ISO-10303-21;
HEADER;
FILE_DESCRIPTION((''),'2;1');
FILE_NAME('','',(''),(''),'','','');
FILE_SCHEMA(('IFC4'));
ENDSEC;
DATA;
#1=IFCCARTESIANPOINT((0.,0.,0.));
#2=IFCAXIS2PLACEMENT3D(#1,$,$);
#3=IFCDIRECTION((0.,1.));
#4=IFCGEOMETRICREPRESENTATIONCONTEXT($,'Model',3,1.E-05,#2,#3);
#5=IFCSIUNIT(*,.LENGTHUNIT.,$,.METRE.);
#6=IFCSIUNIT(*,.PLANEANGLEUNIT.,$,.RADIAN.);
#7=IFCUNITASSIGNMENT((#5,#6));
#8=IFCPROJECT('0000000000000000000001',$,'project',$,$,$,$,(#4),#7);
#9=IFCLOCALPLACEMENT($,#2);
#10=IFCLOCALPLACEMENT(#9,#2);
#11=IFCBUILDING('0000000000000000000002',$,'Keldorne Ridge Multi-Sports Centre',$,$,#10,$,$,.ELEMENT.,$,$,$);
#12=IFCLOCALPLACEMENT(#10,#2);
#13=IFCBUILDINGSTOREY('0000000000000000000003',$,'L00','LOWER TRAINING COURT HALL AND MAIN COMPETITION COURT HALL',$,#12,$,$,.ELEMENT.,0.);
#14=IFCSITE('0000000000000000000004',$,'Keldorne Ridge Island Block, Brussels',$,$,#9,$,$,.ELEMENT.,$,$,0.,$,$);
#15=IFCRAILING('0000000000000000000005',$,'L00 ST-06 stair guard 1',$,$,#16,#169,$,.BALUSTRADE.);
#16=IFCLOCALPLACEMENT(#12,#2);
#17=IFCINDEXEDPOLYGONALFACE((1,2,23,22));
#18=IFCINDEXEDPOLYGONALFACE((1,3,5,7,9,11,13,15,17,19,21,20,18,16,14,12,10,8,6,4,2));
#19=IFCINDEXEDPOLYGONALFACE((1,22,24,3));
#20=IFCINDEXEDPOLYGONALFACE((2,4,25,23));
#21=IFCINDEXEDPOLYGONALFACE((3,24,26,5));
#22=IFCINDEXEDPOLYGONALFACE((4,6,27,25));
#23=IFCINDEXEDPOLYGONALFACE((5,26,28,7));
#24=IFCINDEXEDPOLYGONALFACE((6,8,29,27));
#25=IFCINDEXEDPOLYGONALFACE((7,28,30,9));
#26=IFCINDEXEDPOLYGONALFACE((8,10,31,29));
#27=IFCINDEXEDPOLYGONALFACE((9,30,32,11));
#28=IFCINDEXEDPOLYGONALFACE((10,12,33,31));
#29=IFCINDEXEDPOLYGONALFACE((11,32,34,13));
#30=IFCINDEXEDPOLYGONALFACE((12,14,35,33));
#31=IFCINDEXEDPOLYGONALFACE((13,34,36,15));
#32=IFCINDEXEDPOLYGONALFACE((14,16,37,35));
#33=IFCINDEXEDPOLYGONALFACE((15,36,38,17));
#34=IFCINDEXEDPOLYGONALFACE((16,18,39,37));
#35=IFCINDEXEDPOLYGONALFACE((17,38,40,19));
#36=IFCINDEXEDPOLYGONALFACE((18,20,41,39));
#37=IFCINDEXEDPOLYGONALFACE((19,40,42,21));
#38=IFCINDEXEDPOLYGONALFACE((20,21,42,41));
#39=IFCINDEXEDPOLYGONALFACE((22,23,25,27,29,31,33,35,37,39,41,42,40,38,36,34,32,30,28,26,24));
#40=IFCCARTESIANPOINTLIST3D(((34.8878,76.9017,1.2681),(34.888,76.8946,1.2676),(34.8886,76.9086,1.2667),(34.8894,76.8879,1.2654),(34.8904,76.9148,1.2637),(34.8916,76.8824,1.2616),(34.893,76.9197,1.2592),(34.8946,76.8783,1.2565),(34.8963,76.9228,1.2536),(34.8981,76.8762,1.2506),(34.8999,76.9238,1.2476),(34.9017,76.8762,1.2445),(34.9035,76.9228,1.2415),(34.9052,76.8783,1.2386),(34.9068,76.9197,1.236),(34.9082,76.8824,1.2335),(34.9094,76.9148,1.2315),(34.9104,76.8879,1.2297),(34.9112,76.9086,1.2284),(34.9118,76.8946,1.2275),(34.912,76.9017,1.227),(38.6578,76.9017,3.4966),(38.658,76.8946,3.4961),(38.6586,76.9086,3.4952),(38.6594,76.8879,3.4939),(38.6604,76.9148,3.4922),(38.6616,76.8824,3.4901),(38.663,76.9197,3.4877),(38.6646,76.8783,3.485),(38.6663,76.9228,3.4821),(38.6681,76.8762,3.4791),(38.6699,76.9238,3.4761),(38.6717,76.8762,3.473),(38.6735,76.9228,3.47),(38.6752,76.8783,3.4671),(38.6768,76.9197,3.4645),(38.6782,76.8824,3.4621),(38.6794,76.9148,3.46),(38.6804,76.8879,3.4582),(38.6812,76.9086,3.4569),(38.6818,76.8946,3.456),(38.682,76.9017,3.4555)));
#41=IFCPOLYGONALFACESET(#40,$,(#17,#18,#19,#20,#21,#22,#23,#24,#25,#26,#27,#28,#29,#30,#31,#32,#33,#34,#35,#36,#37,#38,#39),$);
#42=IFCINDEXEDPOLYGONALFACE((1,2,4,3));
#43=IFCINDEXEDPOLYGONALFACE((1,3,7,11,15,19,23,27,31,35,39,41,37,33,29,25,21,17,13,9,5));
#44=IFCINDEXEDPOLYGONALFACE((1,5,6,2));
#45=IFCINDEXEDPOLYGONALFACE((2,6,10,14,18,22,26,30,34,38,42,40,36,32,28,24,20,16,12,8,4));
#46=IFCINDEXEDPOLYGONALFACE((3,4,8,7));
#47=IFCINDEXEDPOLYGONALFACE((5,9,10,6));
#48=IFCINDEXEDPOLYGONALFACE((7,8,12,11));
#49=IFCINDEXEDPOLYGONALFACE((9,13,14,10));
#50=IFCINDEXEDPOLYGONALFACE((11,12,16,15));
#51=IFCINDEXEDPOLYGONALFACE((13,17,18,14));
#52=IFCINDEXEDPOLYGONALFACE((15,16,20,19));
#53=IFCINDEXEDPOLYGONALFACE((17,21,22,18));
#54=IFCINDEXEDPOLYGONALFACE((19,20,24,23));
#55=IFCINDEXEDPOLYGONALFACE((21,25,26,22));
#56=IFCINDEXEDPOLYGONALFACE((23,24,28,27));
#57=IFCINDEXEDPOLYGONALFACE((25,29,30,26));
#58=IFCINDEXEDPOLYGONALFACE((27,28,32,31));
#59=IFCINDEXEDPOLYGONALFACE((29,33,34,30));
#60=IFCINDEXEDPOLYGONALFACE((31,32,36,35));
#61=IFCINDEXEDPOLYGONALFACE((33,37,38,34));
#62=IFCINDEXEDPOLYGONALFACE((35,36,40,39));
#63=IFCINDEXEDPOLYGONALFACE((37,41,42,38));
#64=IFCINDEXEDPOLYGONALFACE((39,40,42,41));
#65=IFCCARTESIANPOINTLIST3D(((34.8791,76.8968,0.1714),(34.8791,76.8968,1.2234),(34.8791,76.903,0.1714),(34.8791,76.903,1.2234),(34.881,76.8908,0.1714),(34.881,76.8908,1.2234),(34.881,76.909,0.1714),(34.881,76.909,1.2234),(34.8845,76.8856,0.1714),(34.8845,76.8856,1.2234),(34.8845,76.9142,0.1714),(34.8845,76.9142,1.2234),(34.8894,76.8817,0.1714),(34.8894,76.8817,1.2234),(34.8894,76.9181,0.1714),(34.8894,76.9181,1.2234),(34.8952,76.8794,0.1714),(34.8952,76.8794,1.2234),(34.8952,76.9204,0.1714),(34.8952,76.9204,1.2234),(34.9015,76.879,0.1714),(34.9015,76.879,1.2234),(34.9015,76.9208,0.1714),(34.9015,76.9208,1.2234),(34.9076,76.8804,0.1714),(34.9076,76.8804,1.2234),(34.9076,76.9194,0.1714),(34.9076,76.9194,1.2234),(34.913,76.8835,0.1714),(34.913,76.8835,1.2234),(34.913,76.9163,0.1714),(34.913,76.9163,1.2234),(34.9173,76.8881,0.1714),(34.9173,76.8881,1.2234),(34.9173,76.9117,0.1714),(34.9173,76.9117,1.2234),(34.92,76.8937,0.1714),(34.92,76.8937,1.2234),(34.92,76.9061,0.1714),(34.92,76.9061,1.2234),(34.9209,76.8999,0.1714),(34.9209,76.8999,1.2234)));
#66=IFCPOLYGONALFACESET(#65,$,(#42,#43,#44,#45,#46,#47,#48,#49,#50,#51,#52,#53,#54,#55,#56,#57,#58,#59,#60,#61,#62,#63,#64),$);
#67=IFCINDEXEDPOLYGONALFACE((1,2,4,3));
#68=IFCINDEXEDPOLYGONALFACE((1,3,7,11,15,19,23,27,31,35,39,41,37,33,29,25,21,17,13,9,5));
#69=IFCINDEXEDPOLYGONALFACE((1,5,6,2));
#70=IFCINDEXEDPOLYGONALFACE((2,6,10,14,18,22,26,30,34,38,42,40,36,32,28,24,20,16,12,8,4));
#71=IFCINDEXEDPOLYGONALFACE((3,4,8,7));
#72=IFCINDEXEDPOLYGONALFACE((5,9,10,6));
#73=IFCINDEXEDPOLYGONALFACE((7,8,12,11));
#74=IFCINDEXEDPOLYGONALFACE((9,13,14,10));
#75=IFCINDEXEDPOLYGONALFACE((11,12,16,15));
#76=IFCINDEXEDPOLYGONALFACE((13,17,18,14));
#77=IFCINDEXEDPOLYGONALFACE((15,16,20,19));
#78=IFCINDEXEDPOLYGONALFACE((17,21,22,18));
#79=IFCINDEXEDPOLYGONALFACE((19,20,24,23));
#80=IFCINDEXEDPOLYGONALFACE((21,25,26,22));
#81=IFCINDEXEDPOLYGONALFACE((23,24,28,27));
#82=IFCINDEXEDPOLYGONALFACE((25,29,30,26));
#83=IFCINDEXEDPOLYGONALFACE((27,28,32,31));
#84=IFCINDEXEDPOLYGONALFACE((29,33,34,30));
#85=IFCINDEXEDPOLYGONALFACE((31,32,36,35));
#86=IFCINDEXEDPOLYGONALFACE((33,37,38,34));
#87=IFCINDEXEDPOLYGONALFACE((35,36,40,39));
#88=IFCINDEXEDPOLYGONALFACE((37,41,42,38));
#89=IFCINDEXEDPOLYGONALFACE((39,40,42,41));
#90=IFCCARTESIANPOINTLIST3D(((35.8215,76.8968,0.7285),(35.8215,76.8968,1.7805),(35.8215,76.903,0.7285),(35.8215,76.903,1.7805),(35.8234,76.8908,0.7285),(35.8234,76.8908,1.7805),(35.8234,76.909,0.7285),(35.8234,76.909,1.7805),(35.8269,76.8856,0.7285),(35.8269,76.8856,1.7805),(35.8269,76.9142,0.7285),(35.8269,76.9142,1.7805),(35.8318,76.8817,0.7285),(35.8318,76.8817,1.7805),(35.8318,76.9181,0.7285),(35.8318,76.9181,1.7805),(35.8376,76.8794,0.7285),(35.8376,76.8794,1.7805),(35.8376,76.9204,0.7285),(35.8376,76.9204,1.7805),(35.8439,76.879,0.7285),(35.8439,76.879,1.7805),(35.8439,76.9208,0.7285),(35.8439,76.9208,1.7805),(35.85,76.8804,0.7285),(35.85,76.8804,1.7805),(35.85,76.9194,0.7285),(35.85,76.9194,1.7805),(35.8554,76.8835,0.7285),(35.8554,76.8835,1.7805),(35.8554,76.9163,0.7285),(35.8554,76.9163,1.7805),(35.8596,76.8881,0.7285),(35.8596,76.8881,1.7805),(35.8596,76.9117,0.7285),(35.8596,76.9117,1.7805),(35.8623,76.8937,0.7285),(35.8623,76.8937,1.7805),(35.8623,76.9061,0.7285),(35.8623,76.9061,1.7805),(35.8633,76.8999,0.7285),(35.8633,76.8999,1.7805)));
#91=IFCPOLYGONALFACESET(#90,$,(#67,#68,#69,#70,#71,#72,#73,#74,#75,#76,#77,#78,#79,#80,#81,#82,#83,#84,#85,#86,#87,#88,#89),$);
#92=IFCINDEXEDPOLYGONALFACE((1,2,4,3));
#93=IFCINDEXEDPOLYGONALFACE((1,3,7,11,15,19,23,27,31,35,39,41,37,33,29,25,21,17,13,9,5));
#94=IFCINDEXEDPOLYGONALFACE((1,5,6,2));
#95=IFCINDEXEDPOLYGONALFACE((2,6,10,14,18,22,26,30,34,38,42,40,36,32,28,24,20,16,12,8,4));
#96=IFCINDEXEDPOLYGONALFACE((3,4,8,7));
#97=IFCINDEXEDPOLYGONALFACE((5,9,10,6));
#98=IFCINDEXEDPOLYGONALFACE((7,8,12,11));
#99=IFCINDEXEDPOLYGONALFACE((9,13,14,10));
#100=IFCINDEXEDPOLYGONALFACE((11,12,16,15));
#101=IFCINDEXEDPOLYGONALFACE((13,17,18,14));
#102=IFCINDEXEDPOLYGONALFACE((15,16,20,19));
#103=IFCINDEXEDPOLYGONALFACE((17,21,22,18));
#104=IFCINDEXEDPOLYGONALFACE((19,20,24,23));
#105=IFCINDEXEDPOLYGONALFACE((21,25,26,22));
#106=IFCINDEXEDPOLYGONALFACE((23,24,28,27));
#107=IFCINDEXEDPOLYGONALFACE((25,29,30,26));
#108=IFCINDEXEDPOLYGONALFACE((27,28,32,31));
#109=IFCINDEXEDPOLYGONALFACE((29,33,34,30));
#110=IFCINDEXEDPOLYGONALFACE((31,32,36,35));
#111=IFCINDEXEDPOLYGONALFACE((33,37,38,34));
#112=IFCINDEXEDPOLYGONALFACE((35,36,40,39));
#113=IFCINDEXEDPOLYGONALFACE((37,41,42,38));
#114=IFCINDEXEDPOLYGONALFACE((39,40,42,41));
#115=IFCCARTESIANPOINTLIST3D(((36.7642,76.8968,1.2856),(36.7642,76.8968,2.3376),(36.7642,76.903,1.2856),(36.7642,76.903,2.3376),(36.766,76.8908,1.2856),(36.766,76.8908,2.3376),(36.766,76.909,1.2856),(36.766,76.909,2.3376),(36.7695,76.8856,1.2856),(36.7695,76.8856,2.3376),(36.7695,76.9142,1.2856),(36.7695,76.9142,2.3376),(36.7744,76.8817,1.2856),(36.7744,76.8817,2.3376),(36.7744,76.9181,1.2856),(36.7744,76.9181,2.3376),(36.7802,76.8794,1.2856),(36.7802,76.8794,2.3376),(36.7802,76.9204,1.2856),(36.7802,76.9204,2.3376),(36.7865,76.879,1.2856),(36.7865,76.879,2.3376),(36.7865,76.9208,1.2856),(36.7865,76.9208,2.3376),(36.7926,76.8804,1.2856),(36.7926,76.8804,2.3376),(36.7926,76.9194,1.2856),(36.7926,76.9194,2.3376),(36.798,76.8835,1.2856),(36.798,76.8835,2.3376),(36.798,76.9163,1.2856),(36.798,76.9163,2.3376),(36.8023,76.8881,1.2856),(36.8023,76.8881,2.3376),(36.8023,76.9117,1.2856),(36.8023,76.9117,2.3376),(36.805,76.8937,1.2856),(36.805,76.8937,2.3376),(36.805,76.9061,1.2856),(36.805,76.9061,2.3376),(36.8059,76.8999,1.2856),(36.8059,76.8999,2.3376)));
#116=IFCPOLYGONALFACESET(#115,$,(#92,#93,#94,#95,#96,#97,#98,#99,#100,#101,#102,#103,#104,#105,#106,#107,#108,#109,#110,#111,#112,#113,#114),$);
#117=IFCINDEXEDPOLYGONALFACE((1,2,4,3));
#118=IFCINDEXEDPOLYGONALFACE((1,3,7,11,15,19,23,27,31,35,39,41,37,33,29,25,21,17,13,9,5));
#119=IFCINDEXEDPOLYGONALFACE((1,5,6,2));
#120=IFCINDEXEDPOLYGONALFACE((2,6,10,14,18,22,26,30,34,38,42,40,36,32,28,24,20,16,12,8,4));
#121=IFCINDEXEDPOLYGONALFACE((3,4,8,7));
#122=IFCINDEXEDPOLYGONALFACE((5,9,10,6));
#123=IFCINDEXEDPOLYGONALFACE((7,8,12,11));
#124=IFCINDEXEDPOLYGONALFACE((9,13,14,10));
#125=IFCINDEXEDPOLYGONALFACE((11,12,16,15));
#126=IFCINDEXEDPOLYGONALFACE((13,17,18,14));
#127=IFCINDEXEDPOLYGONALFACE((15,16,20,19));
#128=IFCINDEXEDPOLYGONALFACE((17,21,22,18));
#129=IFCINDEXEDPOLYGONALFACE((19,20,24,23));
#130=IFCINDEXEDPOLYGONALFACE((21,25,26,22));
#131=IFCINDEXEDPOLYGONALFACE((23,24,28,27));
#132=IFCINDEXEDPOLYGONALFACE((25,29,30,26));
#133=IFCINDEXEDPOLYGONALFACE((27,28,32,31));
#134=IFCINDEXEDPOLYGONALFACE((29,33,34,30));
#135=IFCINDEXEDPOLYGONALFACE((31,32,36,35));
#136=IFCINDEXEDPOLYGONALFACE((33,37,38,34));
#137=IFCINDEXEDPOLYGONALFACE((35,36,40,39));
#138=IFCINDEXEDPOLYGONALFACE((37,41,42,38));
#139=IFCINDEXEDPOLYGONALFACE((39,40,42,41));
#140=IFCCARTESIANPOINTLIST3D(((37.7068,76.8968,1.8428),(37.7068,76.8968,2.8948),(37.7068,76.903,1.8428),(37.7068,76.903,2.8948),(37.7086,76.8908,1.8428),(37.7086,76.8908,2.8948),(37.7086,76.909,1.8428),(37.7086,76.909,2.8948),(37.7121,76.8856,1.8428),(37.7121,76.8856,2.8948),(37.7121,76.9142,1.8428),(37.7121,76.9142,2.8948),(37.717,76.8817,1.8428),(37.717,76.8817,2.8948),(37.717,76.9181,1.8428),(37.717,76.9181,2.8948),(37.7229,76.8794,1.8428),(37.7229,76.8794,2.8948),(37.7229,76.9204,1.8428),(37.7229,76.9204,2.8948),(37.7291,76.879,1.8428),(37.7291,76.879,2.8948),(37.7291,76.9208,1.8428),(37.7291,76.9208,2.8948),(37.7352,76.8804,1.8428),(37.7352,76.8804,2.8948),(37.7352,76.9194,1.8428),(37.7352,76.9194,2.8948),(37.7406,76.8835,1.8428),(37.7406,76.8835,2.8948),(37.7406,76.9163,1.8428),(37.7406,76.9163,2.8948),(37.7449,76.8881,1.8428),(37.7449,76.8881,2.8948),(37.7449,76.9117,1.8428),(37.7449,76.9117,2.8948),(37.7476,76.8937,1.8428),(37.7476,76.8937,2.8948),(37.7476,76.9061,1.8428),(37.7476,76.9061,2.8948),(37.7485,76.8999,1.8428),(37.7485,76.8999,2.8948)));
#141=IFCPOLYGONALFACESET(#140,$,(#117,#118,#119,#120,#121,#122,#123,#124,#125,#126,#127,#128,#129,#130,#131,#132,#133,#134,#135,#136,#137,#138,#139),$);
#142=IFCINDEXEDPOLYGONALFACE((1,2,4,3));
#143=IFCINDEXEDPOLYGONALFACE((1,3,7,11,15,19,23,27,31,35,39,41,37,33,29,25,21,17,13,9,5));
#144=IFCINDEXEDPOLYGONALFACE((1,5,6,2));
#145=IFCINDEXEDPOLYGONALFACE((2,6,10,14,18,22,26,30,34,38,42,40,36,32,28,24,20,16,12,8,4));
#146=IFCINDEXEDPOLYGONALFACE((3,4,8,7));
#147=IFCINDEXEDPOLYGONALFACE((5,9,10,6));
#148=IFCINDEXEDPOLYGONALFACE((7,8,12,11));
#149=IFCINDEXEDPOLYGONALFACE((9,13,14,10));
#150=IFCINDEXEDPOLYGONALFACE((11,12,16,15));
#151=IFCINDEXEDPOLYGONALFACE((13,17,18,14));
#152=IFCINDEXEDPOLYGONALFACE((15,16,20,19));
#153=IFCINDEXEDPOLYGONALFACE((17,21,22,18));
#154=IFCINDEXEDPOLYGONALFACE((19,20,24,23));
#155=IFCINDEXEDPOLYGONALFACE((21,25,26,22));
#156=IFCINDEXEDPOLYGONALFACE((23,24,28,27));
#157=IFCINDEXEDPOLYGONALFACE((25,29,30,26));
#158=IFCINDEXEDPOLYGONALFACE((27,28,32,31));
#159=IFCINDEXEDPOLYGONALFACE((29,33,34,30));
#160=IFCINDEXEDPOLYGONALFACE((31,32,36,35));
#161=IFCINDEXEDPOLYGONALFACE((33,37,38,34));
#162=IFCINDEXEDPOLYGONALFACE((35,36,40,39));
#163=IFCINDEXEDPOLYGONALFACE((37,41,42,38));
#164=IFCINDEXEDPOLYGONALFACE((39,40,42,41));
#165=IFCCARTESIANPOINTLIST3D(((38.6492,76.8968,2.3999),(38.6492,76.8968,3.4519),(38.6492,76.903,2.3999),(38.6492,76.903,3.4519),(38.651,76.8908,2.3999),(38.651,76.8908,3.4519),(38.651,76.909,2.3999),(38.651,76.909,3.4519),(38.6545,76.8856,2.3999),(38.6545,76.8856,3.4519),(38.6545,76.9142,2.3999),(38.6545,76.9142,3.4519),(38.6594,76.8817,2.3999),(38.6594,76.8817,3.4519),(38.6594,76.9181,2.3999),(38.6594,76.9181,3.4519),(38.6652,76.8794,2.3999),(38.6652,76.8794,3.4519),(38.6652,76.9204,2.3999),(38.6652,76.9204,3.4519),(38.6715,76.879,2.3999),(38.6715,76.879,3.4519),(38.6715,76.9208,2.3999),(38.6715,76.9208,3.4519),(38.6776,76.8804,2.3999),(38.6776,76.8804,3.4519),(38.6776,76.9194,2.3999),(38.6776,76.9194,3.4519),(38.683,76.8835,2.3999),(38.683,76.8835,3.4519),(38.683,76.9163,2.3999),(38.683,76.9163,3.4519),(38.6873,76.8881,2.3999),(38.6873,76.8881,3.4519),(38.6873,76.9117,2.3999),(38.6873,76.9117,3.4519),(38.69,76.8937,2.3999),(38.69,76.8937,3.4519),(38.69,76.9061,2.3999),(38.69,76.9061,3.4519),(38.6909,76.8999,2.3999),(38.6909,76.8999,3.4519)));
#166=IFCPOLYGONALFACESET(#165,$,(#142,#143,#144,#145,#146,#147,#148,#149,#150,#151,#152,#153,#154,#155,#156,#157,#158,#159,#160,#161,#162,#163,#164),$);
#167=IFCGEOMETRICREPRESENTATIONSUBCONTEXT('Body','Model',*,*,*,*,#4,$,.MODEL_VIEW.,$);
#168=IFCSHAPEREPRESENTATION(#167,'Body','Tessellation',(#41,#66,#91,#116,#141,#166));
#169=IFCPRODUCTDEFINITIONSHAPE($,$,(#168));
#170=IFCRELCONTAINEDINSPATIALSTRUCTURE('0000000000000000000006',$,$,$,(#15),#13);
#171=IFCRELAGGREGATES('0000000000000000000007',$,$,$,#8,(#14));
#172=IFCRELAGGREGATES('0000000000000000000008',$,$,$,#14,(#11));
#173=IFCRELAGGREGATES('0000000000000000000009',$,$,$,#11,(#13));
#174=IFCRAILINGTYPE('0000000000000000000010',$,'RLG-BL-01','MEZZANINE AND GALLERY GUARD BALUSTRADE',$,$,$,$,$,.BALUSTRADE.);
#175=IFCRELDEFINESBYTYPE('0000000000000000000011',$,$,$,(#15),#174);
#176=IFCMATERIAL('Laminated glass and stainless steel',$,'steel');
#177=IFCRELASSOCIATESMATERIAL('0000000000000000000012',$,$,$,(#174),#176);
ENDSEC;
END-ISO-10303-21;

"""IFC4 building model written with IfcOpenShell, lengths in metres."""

from ifc_helpers import new_model, si_unit, direction, frame, origin, origin_2d, place, context, subcontext, project, spatial, circle, extrude, material, type_object, element, save


model = new_model("IFC4")

# Units and contexts
model_context = context("Model", 3, precision=1e-05, world=origin(), true_north=direction((0.0, 1.0)))
body_context = subcontext(model_context, "Body", "Model", "MODEL_VIEW")
ifc_project = project(units=[si_unit("LENGTHUNIT", "METRE"), si_unit("PLANEANGLEUNIT", "RADIAN")], contexts=[model_context])

# Site, building, storey
site_placement = place(None, origin())
site = spatial("IfcSite", under=ifc_project, at=site_placement, Name="Keldorne Ridge Island Block, Brussels", CompositionType="ELEMENT", RefElevation=0.0)
building_placement = place(site_placement, origin())
building = spatial("IfcBuilding", under=site, at=building_placement, Name="Keldorne Ridge Multi-Sports Centre", CompositionType="ELEMENT")
storey_placement = place(building_placement, origin())
storey = spatial("IfcBuildingStorey", under=building, at=storey_placement, Name="L00", Description="LOWER TRAINING COURT HALL AND MAIN COMPETITION COURT HALL", CompositionType="ELEMENT", Elevation=0.0)

# Railing
ifc_material_1 = material(Name="Laminated glass and stainless steel", Category="steel")
railing_type_1 = type_object("IfcRailingType", Name="RLG-BL-01", Description="MEZZANINE AND GALLERY GUARD BALUSTRADE", PredefinedType="BALUSTRADE", material=ifc_material_1)
railing_1_placement = place(storey_placement, frame((34.8999, 76.8999, 0.1714)))
element("IfcRailing", 1, at=railing_1_placement, inside=storey, type_object=railing_type_1, Name="L00 ST-06 stair guard 1", PredefinedType="BALUSTRADE", context=body_context, shape_type="SweptSolid", body=[
    extrude(circle(Radius=0.0239, at=origin_2d()), frame((0.0, 0.0, 1.0762), z_axis=(0.860849, 0.0, 0.508861), x_axis=(0.0, 1.0, 0.0)), (0.0, 0.0, 1.0), 4.3794),
    extrude(circle(Radius=0.021, at=origin_2d()), origin(), (0.0, 0.0, 1.0), 1.052),
    extrude(circle(Radius=0.021, at=origin_2d()), frame((0.9424, 0.0, 0.5571)), (0.0, 0.0, 1.0), 1.052),
    extrude(circle(Radius=0.021, at=origin_2d()), frame((1.885, 0.0, 1.1143)), (0.0, 0.0, 1.0), 1.052),
    extrude(circle(Radius=0.021, at=origin_2d()), frame((2.8276, 0.0, 1.6714)), (0.0, 0.0, 1.0), 1.052),
    extrude(circle(Radius=0.021, at=origin_2d()), frame((3.77, 0.0, 2.2285)), (0.0, 0.0, 1.0), 1.052),
])

save(model, "model.ifc")
